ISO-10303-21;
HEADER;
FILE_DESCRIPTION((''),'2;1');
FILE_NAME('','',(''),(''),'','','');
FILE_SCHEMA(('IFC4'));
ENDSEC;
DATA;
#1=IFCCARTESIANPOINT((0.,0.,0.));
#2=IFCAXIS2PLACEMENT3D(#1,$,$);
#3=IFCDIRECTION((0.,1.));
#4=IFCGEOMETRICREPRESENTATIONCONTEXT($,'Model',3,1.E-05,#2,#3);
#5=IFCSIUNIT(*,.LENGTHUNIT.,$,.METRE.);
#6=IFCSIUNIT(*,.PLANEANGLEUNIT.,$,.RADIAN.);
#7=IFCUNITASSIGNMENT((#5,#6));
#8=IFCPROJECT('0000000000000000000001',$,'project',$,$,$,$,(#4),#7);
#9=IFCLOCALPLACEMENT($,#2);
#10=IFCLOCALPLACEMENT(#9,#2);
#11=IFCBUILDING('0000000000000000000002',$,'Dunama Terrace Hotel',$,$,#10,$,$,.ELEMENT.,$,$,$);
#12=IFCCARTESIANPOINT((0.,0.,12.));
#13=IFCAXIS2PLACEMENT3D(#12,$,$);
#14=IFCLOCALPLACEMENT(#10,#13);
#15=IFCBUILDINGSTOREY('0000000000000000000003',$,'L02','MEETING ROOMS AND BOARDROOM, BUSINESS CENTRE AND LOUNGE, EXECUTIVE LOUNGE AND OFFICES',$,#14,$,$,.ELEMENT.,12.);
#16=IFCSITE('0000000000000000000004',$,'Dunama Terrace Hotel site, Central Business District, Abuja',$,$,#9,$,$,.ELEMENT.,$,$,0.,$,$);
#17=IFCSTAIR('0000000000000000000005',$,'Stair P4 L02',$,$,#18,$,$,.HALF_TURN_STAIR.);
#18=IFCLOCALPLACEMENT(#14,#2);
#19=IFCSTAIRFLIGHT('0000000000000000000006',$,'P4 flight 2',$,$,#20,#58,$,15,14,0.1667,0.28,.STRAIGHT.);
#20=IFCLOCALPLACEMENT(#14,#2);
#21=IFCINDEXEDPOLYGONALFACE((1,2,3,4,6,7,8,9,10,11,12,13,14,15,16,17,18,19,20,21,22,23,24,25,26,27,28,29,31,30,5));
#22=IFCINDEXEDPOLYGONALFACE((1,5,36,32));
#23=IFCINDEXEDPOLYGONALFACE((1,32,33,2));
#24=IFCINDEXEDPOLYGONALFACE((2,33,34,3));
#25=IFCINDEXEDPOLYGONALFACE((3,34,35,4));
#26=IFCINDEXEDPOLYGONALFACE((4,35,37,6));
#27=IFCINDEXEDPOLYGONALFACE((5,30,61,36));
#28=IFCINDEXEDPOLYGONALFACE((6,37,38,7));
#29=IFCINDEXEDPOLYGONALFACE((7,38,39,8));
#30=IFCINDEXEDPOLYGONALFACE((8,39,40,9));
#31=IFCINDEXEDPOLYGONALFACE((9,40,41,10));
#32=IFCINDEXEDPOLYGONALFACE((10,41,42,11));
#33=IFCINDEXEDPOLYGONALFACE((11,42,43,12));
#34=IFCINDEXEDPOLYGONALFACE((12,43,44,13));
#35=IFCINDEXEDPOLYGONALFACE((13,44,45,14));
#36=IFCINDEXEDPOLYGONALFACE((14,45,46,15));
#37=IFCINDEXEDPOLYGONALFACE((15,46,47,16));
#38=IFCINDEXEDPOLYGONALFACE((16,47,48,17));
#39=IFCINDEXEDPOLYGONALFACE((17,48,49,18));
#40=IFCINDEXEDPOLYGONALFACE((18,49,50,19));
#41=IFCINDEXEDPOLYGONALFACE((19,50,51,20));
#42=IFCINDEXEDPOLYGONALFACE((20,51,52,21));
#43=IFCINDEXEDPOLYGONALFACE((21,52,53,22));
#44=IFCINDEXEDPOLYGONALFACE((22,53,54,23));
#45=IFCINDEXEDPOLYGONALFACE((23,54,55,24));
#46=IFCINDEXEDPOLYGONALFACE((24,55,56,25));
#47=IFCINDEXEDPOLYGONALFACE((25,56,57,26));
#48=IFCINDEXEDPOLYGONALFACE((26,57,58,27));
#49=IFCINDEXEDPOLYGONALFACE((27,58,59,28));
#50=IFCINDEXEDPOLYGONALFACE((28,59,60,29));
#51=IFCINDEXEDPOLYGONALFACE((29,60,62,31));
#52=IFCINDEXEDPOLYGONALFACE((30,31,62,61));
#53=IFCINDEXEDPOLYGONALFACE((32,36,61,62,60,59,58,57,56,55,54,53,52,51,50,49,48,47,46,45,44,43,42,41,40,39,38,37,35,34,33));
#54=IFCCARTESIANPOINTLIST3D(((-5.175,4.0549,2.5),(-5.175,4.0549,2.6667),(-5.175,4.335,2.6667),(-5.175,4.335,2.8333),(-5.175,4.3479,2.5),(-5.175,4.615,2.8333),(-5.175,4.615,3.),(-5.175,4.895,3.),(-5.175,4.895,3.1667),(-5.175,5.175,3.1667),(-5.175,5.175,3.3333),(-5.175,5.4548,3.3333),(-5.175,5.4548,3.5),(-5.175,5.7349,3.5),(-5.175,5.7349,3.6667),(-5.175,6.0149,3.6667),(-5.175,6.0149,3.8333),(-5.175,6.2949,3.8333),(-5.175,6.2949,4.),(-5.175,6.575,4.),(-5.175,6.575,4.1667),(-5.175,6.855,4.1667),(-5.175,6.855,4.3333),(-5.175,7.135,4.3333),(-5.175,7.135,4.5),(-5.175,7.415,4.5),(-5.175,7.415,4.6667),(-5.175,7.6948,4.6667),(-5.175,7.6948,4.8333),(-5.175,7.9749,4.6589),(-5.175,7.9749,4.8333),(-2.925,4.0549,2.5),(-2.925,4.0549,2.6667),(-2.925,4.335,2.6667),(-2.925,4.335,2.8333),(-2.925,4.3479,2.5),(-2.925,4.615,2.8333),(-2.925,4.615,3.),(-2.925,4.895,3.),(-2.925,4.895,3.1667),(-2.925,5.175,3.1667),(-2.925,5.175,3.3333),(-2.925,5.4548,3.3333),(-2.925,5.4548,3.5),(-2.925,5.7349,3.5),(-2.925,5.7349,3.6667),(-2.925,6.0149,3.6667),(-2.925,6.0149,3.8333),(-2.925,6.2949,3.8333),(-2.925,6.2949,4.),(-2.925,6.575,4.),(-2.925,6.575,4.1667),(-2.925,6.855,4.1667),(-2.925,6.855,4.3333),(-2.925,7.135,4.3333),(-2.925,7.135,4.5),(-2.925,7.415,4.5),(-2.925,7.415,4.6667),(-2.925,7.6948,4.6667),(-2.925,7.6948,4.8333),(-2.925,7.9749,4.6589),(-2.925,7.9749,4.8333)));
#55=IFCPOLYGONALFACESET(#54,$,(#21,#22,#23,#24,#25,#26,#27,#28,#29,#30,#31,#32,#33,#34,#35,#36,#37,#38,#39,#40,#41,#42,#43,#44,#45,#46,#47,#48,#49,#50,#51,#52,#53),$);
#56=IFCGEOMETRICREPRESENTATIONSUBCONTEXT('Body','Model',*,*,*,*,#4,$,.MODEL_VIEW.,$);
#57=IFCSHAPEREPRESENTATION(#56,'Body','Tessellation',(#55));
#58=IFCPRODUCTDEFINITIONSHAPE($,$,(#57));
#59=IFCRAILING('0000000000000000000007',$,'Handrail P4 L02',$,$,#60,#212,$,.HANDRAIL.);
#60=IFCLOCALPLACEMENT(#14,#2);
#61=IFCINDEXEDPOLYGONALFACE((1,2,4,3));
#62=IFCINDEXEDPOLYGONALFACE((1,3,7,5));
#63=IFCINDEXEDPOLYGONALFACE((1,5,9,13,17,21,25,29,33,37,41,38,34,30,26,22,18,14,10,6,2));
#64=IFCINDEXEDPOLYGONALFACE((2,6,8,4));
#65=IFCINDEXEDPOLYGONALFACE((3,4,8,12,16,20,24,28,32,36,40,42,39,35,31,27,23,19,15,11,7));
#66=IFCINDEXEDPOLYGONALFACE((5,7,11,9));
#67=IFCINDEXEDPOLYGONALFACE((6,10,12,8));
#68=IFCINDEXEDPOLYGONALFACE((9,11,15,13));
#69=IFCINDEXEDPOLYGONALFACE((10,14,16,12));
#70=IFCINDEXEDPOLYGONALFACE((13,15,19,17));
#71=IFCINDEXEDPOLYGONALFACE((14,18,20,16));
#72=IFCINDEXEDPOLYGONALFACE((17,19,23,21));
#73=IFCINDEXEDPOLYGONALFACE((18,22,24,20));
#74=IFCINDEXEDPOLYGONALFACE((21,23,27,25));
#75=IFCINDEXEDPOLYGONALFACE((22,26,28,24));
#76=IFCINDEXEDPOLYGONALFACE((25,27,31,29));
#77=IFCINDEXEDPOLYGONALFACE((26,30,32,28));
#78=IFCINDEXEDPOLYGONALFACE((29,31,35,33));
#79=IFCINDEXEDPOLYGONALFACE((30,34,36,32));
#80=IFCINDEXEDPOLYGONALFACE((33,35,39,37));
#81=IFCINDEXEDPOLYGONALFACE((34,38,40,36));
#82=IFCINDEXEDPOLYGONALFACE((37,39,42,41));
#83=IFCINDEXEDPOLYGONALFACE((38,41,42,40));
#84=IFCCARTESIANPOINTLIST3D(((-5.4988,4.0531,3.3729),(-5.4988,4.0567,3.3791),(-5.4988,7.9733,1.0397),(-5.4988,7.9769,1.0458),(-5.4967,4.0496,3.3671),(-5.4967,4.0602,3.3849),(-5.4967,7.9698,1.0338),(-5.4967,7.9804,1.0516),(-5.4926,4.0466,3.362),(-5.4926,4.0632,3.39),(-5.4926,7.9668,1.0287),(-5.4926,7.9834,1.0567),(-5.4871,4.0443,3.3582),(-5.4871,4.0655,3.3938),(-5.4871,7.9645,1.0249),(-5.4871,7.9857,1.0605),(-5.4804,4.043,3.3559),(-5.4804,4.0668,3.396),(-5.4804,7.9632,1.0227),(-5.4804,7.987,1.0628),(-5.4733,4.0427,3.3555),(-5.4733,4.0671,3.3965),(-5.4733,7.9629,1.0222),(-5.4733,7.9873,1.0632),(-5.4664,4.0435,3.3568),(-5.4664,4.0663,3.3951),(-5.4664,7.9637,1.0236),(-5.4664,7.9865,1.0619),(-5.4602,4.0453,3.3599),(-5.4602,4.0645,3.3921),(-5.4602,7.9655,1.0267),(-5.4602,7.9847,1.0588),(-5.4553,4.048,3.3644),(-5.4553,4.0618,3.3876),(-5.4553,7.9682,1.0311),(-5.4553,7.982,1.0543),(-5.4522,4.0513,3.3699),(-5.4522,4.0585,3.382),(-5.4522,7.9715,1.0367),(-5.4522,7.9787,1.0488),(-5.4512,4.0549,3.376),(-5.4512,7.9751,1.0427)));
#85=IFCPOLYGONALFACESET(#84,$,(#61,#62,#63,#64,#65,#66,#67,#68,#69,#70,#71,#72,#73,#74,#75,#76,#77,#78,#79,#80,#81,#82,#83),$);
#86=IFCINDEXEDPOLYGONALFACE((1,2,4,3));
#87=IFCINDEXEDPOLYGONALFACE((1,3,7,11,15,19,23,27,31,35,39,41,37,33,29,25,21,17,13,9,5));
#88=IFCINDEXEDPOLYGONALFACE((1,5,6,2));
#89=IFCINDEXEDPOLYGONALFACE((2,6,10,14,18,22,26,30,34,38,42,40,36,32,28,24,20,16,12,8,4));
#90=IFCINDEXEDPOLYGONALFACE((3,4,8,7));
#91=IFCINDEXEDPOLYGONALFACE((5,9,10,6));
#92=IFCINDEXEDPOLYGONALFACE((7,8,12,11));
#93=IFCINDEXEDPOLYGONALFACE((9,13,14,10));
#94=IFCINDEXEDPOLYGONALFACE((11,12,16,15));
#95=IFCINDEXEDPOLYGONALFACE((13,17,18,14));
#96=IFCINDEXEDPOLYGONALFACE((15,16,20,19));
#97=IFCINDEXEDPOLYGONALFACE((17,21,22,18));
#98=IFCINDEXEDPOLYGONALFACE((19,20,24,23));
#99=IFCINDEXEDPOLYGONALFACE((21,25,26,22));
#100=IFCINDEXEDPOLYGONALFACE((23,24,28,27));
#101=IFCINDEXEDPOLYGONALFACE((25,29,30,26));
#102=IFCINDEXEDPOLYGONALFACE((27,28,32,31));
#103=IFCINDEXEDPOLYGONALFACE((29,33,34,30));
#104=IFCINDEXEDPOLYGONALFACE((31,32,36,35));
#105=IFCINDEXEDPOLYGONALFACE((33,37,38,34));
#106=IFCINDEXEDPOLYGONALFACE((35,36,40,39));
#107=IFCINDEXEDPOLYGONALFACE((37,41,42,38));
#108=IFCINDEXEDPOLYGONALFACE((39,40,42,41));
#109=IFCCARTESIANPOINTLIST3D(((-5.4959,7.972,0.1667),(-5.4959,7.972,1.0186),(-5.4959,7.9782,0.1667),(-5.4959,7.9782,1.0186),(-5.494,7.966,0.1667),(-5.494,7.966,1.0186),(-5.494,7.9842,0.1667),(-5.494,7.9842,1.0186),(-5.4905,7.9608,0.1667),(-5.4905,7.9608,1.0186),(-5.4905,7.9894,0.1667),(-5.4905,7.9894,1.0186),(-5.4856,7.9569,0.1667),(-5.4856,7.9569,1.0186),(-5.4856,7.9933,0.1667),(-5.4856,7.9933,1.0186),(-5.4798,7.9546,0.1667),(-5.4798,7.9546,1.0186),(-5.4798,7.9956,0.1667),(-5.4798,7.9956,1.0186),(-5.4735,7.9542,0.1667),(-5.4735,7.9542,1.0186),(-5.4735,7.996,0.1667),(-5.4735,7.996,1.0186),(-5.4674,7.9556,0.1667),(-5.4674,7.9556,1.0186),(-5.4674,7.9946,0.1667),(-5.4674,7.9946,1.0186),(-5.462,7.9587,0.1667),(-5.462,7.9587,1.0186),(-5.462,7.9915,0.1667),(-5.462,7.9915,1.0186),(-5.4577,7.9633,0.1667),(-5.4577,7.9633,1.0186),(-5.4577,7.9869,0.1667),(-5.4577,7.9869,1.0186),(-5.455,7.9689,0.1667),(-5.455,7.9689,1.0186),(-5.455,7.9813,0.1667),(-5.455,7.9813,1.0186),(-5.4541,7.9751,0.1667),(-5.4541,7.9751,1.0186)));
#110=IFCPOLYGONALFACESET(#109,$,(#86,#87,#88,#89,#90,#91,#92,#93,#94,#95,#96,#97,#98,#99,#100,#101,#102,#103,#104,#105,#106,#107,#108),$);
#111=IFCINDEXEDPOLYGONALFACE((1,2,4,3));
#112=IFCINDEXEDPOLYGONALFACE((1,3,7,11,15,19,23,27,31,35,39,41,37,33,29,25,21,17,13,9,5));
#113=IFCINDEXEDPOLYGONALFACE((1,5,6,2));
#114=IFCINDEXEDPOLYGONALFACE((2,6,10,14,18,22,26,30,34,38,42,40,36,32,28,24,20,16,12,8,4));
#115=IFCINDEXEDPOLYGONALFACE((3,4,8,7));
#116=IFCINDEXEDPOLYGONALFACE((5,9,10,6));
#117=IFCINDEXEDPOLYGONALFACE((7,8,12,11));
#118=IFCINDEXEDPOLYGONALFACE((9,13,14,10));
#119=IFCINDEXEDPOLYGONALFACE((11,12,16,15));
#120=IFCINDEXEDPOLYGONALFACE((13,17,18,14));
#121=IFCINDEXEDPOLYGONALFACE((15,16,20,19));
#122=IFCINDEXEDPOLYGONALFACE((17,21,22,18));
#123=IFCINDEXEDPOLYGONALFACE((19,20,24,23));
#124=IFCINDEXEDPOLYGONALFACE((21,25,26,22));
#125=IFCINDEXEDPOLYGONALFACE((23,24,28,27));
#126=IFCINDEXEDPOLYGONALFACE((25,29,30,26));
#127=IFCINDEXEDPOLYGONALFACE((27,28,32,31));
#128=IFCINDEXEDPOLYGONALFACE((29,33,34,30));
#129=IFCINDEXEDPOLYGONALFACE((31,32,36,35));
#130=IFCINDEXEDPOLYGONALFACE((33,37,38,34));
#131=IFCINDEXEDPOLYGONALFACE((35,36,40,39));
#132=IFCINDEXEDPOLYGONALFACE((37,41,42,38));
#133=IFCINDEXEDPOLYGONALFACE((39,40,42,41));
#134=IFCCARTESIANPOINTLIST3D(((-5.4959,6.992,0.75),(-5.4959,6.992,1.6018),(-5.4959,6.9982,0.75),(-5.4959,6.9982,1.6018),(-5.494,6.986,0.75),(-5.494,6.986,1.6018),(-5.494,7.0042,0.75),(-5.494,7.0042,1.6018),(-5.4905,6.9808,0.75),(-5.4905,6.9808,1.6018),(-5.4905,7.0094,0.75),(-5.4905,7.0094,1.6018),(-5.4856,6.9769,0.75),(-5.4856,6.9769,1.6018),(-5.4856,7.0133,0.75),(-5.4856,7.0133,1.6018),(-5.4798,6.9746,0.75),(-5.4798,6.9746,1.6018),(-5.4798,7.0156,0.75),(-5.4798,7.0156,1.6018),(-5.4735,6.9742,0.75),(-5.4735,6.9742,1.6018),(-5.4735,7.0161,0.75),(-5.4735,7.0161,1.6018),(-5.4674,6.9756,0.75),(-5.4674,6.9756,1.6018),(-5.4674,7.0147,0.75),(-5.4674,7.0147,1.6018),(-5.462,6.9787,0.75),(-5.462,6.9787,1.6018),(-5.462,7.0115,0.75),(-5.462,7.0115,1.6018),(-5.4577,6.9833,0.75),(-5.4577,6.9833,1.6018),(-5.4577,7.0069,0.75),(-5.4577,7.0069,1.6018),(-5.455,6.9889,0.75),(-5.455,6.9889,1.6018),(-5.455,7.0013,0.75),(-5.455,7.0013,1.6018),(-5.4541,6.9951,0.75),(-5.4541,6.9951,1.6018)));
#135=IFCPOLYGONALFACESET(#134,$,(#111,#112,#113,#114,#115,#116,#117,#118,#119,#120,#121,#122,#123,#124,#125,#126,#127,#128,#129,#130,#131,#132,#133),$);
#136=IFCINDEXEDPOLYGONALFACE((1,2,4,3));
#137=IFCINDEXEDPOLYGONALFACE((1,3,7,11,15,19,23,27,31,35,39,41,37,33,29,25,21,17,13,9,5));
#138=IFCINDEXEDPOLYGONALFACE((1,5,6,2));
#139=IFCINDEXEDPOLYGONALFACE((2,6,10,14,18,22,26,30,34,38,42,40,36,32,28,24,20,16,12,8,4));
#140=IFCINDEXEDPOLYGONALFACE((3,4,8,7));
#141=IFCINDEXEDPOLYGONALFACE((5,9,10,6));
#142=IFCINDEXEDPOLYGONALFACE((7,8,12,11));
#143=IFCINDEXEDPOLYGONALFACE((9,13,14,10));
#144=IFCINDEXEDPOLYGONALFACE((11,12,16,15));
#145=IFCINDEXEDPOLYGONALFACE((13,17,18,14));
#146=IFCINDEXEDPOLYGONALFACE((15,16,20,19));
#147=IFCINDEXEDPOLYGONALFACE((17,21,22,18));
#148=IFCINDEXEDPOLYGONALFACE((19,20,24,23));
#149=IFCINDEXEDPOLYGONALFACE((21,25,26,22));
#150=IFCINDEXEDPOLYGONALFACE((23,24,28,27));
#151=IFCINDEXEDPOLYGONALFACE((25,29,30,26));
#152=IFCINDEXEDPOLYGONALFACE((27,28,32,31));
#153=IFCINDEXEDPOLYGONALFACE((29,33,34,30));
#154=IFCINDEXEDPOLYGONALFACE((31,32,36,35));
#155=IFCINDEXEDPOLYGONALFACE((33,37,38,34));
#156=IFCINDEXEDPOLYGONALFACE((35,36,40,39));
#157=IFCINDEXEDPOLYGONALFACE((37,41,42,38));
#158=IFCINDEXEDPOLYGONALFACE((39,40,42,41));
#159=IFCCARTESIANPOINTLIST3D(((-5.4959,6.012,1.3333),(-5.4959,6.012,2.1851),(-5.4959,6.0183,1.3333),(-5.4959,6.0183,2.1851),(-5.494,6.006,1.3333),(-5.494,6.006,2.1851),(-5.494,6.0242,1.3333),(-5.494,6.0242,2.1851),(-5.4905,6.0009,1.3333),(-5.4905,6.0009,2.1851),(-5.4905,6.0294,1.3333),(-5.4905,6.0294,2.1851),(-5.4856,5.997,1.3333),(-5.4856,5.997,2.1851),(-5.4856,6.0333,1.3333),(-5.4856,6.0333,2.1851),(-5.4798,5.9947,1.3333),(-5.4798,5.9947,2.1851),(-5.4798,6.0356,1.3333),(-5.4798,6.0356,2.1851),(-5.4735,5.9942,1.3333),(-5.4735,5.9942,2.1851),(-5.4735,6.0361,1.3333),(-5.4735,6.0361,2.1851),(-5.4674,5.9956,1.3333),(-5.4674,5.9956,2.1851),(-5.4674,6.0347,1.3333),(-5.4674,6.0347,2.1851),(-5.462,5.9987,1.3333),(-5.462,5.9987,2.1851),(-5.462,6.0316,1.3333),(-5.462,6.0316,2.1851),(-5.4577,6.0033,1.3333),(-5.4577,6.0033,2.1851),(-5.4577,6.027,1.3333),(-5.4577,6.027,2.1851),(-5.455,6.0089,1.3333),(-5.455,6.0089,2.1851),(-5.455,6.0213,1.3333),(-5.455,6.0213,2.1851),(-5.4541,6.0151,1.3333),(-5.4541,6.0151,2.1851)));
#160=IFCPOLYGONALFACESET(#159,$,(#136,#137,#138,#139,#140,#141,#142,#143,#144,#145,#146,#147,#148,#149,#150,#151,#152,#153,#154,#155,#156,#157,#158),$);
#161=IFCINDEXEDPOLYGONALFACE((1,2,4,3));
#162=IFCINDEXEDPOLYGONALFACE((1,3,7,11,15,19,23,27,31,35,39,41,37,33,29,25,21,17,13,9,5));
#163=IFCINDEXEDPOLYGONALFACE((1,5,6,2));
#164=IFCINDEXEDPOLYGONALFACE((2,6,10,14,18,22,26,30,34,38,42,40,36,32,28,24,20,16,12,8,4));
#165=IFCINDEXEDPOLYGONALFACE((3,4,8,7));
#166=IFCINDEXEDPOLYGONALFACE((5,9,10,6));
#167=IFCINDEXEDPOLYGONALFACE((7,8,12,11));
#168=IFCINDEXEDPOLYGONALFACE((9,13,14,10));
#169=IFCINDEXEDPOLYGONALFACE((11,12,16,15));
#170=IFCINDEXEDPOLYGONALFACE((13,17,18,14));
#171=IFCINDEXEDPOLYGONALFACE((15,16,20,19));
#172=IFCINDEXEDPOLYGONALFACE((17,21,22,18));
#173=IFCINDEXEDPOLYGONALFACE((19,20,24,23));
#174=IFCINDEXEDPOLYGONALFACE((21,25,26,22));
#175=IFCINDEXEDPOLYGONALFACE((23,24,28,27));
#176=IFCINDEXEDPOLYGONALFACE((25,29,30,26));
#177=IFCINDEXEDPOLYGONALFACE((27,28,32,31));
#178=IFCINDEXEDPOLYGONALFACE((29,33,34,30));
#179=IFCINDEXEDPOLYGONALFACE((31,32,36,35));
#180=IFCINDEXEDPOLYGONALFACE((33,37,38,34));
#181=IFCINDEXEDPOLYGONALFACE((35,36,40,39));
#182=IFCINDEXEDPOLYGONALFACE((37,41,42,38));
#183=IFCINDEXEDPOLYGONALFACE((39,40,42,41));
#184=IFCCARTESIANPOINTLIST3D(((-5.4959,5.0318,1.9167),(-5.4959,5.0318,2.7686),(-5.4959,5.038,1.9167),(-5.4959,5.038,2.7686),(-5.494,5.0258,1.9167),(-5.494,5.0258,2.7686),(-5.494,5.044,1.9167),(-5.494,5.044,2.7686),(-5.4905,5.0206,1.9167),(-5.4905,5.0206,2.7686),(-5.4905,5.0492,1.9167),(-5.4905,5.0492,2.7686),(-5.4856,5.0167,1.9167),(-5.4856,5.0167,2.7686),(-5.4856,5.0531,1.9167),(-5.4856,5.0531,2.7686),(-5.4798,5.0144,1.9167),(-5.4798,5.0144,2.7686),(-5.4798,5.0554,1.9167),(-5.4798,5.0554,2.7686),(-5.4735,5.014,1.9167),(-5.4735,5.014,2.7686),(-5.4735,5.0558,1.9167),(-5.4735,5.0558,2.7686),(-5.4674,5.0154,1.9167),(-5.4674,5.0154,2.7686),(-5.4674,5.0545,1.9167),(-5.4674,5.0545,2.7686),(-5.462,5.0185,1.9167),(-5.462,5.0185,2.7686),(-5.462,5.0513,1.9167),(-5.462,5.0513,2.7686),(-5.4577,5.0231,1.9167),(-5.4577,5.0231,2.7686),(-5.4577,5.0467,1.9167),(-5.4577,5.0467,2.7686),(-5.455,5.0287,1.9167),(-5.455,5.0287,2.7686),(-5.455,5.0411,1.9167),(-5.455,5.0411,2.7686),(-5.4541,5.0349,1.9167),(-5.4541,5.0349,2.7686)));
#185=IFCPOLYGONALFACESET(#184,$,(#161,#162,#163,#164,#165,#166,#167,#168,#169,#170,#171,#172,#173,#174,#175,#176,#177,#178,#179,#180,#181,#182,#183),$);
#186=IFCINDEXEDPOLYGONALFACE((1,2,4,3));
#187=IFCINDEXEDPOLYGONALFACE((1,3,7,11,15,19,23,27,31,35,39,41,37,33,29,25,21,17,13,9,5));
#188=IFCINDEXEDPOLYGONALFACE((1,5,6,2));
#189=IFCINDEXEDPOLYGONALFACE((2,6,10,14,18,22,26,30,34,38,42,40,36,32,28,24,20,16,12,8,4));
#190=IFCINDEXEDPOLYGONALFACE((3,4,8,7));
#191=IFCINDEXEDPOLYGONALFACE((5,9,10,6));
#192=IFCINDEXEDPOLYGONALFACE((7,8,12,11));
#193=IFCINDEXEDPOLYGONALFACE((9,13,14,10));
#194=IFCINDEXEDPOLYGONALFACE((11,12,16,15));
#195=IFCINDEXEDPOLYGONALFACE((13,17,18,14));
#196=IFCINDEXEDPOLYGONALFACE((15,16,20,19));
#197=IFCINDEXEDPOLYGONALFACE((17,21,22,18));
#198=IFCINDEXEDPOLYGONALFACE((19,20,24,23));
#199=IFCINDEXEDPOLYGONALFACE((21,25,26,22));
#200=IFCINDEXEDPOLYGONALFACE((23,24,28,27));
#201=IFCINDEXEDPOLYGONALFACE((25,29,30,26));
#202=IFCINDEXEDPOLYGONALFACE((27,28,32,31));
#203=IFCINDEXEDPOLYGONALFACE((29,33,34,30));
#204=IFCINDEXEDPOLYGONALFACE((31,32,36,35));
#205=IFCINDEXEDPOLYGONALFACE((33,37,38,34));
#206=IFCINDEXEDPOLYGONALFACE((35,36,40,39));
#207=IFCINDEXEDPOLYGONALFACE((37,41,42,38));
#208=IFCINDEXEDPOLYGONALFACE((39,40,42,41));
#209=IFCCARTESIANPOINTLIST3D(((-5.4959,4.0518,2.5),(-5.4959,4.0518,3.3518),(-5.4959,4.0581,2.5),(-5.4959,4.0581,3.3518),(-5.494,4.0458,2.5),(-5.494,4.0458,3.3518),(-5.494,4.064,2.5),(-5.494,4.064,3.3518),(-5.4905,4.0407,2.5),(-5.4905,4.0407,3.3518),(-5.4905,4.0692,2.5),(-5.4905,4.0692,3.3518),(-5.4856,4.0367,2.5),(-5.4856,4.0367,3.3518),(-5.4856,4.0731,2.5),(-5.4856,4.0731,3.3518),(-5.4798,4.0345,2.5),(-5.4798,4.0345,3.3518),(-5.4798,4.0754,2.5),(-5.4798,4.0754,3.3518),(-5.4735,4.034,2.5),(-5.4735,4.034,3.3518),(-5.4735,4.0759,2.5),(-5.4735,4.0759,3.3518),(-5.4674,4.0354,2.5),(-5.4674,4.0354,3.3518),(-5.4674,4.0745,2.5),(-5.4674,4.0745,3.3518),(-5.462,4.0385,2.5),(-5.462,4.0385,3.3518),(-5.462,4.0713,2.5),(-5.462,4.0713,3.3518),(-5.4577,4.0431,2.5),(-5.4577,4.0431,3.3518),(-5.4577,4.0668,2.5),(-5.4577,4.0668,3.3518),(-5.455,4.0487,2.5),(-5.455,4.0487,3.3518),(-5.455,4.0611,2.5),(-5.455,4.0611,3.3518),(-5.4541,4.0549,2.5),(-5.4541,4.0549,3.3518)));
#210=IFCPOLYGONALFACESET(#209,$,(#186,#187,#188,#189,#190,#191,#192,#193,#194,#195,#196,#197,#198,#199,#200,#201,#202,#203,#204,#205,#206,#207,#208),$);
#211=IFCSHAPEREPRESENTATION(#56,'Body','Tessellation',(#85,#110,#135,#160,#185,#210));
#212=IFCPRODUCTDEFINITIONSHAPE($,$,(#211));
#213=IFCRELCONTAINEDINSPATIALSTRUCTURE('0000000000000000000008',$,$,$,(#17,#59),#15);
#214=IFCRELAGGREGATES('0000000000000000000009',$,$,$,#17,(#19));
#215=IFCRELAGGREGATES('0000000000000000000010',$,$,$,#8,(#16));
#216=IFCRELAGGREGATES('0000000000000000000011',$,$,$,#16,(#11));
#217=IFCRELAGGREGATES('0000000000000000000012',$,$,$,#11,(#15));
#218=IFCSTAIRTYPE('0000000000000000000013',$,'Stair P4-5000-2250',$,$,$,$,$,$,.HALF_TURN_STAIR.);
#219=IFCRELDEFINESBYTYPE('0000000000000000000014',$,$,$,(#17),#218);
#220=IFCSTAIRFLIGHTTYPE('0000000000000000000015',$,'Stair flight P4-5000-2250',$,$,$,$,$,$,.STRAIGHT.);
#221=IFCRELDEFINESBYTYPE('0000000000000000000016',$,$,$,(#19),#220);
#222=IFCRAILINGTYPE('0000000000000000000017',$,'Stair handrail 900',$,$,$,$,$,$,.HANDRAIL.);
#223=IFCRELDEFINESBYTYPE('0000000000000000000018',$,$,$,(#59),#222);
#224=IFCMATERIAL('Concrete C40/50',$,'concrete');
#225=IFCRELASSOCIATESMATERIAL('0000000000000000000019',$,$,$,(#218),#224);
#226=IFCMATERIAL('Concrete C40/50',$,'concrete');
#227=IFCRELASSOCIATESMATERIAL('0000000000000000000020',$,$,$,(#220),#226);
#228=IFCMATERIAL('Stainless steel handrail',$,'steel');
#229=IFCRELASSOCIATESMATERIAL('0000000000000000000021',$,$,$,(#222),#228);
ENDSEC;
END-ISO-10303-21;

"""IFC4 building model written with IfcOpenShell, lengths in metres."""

from ifc_helpers import new_model, si_unit, direction, frame, origin, origin_2d, place, context, subcontext, project, spatial, polyline, circle, outline, extrude, material, type_object, element, aggregate, save


model = new_model("IFC4")

# Units and contexts
model_context = context("Model", 3, precision=1e-05, world=origin(), true_north=direction((0.0, 1.0)))
body_context = subcontext(model_context, "Body", "Model", "MODEL_VIEW")
ifc_project = project(units=[si_unit("LENGTHUNIT", "METRE"), si_unit("PLANEANGLEUNIT", "RADIAN")], contexts=[model_context])

# Site, building, storey
site_placement = place(None, origin())
site = spatial("IfcSite", under=ifc_project, at=site_placement, Name="Dunama Terrace Hotel site, Central Business District, Abuja", CompositionType="ELEMENT", RefElevation=0.0)
building_placement = place(site_placement, origin())
building = spatial("IfcBuilding", under=site, at=building_placement, Name="Dunama Terrace Hotel", CompositionType="ELEMENT")
storey_placement = place(building_placement, frame((0.0, 0.0, 12.0)))
storey = spatial("IfcBuildingStorey", under=building, at=storey_placement, Name="L02", Description="MEETING ROOMS AND BOARDROOM, BUSINESS CENTRE AND LOUNGE, EXECUTIVE LOUNGE AND OFFICES", CompositionType="ELEMENT", Elevation=12.0)

# Stair, stair flight
ifc_material_1 = material(Name="Concrete C40/50", Category="concrete")
stair_type = type_object("IfcStairType", Name="Stair P4-5000-2250", PredefinedType="HALF_TURN_STAIR", material=ifc_material_1)
stair_placement = place(storey_placement, origin())
stair = element("IfcStair", 1, at=stair_placement, inside=storey, type_object=stair_type, Name="Stair P4 L02", PredefinedType="HALF_TURN_STAIR")
ifc_material_2 = material(Name="Concrete C40/50", Category="concrete")
stair_flight_type = type_object("IfcStairFlightType", Name="Stair flight P4-5000-2250", PredefinedType="STRAIGHT", material=ifc_material_2)
stair_flight_1_placement = place(storey_placement, frame((-4.05, 4.0549, 2.5), z_axis=(0.0, 0.0, 1.0), x_axis=(0.0, 1.0, 0.0)))
stair_flight_1 = element("IfcStairFlight", 2, at=stair_flight_1_placement, type_object=stair_flight_type, Name="P4 flight 2", NumberOfRisers=15, NumberOfTreads=14, PredefinedType="STRAIGHT", RiserHeight=0.1667, TreadLength=0.28, context=body_context, shape_type="SweptSolid", body=[
    extrude(outline(polyline([(0.0, 0.0), (0.0, 0.1667), (0.28, 0.1667), (0.28, 0.3333), (0.5601, 0.3333), (0.5601, 0.5), (0.8401, 0.5), (0.8401, 0.6667), (1.1201, 0.6667), (1.1201, 0.8333), (1.3999, 0.8333), (1.3999, 1.0), (1.6799, 1.0), (1.6799, 1.1667), (1.96, 1.1667), (1.96, 1.3333), (2.24, 1.3333), (2.24, 1.5), (2.52, 1.5), (2.52, 1.6667), (2.8, 1.6667), (2.8, 1.8333), (3.0801, 1.8333), (3.0801, 2.0), (3.3601, 2.0), (3.3601, 2.1667), (3.6399, 2.1667), (3.6399, 2.3333), (3.9199, 2.3333), (3.9199, 2.5), (3.9199, 2.1589), (0.293, 0.0), (0.0, 0.0)])), frame((0.0, 1.125, 0.0), z_axis=(0.0, -1.0, 0.0), x_axis=(1.0, 0.0, 0.0)), (0.0, 0.0, 1.0), 2.25),
])
aggregate(stair, [stair_flight_1])

# Railing
ifc_material_3 = material(Name="Stainless steel handrail", Category="steel")
railing_type = type_object("IfcRailingType", Name="Stair handrail 900", PredefinedType="HANDRAIL", material=ifc_material_3)
railing_1_placement = place(storey_placement, frame((-5.4751, 7.9751, 0.1667)))
element("IfcRailing", 3, at=railing_1_placement, inside=storey, type_object=railing_type, Name="Handrail P4 L02", PredefinedType="HANDRAIL", context=body_context, shape_type="SweptSolid", body=[
    extrude(circle(Radius=0.0239, at=origin_2d()), frame((0.0, 0.0, 0.876), z_axis=(0.0, -0.85931, 0.511455), x_axis=(1.0, 0.0, 0.0)), (0.0, 0.0, 1.0), 4.562),
    extrude(circle(Radius=0.021, at=origin_2d()), origin(), (0.0, 0.0, 1.0), 0.8518),
    extrude(circle(Radius=0.021, at=origin_2d()), frame((0.0, -0.98, 0.5833)), (0.0, 0.0, 1.0), 0.8518),
    extrude(circle(Radius=0.021, at=origin_2d()), frame((0.0, -1.96, 1.1665)), (0.0, 0.0, 1.0), 0.8518),
    extrude(circle(Radius=0.021, at=origin_2d()), frame((0.0, -2.9402, 1.75)), (0.0, 0.0, 1.0), 0.8518),
    extrude(circle(Radius=0.021, at=origin_2d()), frame((0.0, -3.9202, 2.3333)), (0.0, 0.0, 1.0), 0.8518),
])

save(model, "model.ifc")
